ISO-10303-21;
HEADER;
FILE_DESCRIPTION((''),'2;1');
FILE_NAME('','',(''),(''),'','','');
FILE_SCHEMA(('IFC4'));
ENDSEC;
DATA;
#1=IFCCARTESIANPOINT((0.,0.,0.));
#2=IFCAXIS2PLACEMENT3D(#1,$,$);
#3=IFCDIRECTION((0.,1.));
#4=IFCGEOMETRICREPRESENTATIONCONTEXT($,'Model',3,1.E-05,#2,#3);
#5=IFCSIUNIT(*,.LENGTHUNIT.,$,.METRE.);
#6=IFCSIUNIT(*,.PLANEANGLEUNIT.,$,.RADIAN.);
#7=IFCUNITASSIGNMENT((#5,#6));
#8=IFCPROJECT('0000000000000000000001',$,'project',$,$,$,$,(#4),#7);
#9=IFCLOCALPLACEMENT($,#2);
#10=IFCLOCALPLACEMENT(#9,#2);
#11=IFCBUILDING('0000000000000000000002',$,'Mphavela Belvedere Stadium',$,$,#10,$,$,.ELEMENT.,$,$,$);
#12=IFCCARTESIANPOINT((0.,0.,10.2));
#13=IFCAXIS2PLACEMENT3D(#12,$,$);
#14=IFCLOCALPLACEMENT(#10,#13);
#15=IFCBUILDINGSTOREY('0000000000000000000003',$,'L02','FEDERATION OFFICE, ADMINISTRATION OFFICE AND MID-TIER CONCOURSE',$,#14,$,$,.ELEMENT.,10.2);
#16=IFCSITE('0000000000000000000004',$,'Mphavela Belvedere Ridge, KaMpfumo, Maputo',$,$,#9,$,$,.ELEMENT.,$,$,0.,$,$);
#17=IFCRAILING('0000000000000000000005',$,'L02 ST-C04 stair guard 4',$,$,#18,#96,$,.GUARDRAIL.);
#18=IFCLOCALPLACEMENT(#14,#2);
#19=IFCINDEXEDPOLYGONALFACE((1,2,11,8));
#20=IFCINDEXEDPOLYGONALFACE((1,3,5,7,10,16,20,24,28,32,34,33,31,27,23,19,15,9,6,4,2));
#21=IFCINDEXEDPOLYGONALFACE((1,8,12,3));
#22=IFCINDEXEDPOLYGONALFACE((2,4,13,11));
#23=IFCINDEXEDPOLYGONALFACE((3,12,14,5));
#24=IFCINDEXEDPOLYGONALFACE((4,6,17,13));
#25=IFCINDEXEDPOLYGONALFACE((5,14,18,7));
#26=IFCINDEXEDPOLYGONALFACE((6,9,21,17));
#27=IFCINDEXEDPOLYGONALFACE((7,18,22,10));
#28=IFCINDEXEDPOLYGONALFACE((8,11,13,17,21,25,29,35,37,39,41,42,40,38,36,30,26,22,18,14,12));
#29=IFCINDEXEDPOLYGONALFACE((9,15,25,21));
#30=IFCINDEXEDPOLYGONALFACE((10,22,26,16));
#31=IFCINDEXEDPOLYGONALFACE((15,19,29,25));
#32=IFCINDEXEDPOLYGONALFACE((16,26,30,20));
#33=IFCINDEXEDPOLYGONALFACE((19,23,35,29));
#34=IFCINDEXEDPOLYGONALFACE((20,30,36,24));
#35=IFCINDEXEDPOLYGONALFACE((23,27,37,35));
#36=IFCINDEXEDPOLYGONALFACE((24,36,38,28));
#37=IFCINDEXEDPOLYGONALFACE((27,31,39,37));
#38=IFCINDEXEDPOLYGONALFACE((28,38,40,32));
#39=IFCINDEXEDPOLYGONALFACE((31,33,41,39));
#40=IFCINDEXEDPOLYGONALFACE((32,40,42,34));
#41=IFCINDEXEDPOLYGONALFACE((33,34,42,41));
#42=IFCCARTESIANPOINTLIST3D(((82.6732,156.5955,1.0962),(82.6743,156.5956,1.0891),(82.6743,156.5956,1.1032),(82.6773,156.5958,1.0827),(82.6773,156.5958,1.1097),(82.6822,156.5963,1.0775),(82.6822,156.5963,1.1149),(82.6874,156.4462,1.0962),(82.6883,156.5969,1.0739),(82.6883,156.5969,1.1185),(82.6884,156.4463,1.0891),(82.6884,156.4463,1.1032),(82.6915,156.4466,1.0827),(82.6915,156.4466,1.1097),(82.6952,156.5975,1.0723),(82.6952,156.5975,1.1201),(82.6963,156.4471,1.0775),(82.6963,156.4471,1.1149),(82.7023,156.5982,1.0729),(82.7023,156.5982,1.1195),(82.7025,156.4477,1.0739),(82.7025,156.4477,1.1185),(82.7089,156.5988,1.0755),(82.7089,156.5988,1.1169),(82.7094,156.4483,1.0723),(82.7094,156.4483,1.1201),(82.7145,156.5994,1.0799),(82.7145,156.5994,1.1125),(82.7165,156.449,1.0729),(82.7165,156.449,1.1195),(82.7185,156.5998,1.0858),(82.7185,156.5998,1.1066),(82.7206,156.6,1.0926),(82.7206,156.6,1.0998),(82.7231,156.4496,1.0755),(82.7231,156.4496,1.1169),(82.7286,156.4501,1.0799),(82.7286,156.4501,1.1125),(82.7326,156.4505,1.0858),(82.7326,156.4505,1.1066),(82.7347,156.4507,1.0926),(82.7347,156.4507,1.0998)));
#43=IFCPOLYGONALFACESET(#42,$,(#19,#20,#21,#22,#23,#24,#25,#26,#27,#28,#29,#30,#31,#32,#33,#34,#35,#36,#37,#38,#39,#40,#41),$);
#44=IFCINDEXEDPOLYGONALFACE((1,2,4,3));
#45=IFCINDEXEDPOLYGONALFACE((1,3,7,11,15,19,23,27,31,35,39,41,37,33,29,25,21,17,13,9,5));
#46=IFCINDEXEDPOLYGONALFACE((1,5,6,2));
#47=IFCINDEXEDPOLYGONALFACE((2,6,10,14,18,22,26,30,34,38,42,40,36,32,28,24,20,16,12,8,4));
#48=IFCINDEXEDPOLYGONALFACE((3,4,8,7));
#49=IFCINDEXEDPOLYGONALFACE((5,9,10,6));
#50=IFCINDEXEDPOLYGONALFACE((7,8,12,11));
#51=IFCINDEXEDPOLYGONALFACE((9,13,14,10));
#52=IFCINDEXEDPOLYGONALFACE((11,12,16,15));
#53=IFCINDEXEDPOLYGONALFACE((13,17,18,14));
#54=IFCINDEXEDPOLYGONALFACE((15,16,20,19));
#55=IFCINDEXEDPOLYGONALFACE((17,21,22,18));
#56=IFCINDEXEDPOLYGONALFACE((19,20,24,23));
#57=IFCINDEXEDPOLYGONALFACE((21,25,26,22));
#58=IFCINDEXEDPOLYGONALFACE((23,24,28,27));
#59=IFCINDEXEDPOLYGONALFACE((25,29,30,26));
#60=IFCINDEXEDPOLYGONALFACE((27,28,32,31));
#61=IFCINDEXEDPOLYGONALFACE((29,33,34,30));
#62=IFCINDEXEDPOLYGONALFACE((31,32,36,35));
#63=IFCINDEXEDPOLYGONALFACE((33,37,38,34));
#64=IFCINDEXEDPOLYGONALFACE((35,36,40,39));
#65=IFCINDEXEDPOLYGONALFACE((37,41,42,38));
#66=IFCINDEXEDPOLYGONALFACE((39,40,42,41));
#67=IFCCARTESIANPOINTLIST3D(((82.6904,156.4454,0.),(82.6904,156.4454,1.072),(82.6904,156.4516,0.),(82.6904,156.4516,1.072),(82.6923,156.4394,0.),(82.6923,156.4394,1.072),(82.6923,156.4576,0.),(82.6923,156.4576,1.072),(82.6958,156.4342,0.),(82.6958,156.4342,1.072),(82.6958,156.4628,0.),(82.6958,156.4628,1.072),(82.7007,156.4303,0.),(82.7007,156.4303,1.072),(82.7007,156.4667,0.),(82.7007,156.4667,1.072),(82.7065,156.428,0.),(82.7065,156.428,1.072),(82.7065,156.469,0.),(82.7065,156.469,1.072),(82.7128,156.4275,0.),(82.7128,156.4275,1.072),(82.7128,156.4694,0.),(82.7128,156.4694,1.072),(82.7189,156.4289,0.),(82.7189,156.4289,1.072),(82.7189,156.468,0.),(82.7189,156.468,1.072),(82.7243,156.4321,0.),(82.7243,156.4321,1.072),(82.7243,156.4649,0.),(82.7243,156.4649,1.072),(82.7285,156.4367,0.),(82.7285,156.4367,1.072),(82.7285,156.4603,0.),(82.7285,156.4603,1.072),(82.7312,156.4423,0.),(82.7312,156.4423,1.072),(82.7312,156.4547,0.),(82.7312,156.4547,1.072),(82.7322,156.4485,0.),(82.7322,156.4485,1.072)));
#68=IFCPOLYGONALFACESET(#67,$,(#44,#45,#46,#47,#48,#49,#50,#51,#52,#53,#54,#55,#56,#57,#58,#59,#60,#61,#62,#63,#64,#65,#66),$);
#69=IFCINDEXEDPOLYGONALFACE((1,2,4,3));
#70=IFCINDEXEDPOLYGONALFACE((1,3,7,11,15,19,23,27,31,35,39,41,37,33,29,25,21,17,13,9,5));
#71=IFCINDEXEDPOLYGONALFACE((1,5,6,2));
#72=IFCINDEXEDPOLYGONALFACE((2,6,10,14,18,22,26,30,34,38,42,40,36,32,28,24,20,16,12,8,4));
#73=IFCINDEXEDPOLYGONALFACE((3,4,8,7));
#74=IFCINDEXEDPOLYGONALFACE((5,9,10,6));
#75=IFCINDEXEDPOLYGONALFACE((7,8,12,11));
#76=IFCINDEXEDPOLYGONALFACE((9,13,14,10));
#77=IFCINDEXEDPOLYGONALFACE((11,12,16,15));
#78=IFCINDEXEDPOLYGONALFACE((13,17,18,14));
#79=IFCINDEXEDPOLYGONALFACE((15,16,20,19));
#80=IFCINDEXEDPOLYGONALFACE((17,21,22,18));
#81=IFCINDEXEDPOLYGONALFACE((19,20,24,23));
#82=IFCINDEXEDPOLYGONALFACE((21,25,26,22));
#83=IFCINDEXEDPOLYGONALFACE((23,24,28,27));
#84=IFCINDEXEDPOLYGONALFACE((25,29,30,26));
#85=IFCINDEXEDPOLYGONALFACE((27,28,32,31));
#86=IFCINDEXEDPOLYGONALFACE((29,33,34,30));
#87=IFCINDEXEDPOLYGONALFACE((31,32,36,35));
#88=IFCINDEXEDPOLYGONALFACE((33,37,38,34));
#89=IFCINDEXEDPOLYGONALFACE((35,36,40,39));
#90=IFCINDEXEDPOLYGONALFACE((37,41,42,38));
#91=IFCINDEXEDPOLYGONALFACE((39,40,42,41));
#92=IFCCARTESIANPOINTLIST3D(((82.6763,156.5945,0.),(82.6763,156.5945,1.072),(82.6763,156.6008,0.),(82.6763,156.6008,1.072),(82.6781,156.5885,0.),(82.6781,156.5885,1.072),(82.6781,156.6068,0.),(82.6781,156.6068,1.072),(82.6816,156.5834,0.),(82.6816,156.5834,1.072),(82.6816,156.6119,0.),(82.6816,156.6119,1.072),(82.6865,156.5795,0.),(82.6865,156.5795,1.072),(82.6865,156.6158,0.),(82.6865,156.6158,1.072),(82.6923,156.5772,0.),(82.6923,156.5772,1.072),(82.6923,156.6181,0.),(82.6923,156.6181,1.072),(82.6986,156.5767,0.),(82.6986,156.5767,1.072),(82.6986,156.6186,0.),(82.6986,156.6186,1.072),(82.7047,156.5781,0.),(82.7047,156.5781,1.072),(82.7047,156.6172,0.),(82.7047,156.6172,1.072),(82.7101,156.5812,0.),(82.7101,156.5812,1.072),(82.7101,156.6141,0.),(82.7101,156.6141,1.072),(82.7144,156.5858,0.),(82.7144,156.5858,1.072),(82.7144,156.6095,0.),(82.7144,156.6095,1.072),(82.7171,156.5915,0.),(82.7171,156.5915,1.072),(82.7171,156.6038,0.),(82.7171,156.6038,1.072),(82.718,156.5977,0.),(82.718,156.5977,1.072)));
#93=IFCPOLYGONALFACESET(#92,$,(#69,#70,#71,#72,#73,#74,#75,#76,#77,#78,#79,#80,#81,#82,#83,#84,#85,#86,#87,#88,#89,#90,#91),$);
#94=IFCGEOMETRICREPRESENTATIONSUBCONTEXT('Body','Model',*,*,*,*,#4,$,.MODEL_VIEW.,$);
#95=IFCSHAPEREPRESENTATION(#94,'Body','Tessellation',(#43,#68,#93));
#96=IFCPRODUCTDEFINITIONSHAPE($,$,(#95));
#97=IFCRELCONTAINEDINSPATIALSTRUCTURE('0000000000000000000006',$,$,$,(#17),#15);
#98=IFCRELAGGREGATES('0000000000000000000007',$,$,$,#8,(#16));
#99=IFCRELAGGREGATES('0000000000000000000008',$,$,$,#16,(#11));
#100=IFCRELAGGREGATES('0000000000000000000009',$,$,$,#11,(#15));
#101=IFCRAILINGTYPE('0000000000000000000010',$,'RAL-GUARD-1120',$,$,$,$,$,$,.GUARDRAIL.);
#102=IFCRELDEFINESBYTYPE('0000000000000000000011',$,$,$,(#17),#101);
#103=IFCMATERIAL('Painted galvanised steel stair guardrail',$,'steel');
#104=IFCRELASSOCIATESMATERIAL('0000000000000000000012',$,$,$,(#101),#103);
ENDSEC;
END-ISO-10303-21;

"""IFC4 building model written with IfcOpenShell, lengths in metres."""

from ifc_helpers import new_model, si_unit, direction, frame, origin, origin_2d, place, context, subcontext, project, spatial, circle, extrude, material, type_object, element, save


model = new_model("IFC4")

# Units and contexts
model_context = context("Model", 3, precision=1e-05, world=origin(), true_north=direction((0.0, 1.0)))
body_context = subcontext(model_context, "Body", "Model", "MODEL_VIEW")
ifc_project = project(units=[si_unit("LENGTHUNIT", "METRE"), si_unit("PLANEANGLEUNIT", "RADIAN")], contexts=[model_context])

# Site, building, storey
site_placement = place(None, origin())
site = spatial("IfcSite", under=ifc_project, at=site_placement, Name="Mphavela Belvedere Ridge, KaMpfumo, Maputo", CompositionType="ELEMENT", RefElevation=0.0)
building_placement = place(site_placement, origin())
building = spatial("IfcBuilding", under=site, at=building_placement, Name="Mphavela Belvedere Stadium", CompositionType="ELEMENT")
storey_placement = place(building_placement, frame((0.0, 0.0, 10.2)))
storey = spatial("IfcBuildingStorey", under=building, at=storey_placement, Name="L02", Description="FEDERATION OFFICE, ADMINISTRATION OFFICE AND MID-TIER CONCOURSE", CompositionType="ELEMENT", Elevation=10.2)

# Railing
ifc_material_1 = material(Name="Painted galvanised steel stair guardrail", Category="steel")
railing_type = type_object("IfcRailingType", Name="RAL-GUARD-1120", PredefinedType="GUARDRAIL", material=ifc_material_1)
railing_1_placement = place(storey_placement, frame((82.7112, 156.4485, 0.0)))
element("IfcRailing", 1, at=railing_1_placement, inside=storey, type_object=railing_type, Name="L02 ST-C04 stair guard 4", PredefinedType="GUARDRAIL", context=body_context, shape_type="SweptSolid", body=[
    extrude(circle(Radius=0.0239, at=origin_2d()), frame((0.0, 0.0, 1.0962), z_axis=(-0.094502, 0.995525, 0.0), x_axis=(-0.995525, -0.094502, 0.0)), (0.0, 0.0, 1.0), 0.1499),
    extrude(circle(Radius=0.021, at=origin_2d()), origin(), (0.0, 0.0, 1.0), 1.072),
    extrude(circle(Radius=0.021, at=origin_2d()), frame((-0.0142, 0.1492, 0.0)), (0.0, 0.0, 1.0), 1.072),
])

save(model, "model.ifc")
